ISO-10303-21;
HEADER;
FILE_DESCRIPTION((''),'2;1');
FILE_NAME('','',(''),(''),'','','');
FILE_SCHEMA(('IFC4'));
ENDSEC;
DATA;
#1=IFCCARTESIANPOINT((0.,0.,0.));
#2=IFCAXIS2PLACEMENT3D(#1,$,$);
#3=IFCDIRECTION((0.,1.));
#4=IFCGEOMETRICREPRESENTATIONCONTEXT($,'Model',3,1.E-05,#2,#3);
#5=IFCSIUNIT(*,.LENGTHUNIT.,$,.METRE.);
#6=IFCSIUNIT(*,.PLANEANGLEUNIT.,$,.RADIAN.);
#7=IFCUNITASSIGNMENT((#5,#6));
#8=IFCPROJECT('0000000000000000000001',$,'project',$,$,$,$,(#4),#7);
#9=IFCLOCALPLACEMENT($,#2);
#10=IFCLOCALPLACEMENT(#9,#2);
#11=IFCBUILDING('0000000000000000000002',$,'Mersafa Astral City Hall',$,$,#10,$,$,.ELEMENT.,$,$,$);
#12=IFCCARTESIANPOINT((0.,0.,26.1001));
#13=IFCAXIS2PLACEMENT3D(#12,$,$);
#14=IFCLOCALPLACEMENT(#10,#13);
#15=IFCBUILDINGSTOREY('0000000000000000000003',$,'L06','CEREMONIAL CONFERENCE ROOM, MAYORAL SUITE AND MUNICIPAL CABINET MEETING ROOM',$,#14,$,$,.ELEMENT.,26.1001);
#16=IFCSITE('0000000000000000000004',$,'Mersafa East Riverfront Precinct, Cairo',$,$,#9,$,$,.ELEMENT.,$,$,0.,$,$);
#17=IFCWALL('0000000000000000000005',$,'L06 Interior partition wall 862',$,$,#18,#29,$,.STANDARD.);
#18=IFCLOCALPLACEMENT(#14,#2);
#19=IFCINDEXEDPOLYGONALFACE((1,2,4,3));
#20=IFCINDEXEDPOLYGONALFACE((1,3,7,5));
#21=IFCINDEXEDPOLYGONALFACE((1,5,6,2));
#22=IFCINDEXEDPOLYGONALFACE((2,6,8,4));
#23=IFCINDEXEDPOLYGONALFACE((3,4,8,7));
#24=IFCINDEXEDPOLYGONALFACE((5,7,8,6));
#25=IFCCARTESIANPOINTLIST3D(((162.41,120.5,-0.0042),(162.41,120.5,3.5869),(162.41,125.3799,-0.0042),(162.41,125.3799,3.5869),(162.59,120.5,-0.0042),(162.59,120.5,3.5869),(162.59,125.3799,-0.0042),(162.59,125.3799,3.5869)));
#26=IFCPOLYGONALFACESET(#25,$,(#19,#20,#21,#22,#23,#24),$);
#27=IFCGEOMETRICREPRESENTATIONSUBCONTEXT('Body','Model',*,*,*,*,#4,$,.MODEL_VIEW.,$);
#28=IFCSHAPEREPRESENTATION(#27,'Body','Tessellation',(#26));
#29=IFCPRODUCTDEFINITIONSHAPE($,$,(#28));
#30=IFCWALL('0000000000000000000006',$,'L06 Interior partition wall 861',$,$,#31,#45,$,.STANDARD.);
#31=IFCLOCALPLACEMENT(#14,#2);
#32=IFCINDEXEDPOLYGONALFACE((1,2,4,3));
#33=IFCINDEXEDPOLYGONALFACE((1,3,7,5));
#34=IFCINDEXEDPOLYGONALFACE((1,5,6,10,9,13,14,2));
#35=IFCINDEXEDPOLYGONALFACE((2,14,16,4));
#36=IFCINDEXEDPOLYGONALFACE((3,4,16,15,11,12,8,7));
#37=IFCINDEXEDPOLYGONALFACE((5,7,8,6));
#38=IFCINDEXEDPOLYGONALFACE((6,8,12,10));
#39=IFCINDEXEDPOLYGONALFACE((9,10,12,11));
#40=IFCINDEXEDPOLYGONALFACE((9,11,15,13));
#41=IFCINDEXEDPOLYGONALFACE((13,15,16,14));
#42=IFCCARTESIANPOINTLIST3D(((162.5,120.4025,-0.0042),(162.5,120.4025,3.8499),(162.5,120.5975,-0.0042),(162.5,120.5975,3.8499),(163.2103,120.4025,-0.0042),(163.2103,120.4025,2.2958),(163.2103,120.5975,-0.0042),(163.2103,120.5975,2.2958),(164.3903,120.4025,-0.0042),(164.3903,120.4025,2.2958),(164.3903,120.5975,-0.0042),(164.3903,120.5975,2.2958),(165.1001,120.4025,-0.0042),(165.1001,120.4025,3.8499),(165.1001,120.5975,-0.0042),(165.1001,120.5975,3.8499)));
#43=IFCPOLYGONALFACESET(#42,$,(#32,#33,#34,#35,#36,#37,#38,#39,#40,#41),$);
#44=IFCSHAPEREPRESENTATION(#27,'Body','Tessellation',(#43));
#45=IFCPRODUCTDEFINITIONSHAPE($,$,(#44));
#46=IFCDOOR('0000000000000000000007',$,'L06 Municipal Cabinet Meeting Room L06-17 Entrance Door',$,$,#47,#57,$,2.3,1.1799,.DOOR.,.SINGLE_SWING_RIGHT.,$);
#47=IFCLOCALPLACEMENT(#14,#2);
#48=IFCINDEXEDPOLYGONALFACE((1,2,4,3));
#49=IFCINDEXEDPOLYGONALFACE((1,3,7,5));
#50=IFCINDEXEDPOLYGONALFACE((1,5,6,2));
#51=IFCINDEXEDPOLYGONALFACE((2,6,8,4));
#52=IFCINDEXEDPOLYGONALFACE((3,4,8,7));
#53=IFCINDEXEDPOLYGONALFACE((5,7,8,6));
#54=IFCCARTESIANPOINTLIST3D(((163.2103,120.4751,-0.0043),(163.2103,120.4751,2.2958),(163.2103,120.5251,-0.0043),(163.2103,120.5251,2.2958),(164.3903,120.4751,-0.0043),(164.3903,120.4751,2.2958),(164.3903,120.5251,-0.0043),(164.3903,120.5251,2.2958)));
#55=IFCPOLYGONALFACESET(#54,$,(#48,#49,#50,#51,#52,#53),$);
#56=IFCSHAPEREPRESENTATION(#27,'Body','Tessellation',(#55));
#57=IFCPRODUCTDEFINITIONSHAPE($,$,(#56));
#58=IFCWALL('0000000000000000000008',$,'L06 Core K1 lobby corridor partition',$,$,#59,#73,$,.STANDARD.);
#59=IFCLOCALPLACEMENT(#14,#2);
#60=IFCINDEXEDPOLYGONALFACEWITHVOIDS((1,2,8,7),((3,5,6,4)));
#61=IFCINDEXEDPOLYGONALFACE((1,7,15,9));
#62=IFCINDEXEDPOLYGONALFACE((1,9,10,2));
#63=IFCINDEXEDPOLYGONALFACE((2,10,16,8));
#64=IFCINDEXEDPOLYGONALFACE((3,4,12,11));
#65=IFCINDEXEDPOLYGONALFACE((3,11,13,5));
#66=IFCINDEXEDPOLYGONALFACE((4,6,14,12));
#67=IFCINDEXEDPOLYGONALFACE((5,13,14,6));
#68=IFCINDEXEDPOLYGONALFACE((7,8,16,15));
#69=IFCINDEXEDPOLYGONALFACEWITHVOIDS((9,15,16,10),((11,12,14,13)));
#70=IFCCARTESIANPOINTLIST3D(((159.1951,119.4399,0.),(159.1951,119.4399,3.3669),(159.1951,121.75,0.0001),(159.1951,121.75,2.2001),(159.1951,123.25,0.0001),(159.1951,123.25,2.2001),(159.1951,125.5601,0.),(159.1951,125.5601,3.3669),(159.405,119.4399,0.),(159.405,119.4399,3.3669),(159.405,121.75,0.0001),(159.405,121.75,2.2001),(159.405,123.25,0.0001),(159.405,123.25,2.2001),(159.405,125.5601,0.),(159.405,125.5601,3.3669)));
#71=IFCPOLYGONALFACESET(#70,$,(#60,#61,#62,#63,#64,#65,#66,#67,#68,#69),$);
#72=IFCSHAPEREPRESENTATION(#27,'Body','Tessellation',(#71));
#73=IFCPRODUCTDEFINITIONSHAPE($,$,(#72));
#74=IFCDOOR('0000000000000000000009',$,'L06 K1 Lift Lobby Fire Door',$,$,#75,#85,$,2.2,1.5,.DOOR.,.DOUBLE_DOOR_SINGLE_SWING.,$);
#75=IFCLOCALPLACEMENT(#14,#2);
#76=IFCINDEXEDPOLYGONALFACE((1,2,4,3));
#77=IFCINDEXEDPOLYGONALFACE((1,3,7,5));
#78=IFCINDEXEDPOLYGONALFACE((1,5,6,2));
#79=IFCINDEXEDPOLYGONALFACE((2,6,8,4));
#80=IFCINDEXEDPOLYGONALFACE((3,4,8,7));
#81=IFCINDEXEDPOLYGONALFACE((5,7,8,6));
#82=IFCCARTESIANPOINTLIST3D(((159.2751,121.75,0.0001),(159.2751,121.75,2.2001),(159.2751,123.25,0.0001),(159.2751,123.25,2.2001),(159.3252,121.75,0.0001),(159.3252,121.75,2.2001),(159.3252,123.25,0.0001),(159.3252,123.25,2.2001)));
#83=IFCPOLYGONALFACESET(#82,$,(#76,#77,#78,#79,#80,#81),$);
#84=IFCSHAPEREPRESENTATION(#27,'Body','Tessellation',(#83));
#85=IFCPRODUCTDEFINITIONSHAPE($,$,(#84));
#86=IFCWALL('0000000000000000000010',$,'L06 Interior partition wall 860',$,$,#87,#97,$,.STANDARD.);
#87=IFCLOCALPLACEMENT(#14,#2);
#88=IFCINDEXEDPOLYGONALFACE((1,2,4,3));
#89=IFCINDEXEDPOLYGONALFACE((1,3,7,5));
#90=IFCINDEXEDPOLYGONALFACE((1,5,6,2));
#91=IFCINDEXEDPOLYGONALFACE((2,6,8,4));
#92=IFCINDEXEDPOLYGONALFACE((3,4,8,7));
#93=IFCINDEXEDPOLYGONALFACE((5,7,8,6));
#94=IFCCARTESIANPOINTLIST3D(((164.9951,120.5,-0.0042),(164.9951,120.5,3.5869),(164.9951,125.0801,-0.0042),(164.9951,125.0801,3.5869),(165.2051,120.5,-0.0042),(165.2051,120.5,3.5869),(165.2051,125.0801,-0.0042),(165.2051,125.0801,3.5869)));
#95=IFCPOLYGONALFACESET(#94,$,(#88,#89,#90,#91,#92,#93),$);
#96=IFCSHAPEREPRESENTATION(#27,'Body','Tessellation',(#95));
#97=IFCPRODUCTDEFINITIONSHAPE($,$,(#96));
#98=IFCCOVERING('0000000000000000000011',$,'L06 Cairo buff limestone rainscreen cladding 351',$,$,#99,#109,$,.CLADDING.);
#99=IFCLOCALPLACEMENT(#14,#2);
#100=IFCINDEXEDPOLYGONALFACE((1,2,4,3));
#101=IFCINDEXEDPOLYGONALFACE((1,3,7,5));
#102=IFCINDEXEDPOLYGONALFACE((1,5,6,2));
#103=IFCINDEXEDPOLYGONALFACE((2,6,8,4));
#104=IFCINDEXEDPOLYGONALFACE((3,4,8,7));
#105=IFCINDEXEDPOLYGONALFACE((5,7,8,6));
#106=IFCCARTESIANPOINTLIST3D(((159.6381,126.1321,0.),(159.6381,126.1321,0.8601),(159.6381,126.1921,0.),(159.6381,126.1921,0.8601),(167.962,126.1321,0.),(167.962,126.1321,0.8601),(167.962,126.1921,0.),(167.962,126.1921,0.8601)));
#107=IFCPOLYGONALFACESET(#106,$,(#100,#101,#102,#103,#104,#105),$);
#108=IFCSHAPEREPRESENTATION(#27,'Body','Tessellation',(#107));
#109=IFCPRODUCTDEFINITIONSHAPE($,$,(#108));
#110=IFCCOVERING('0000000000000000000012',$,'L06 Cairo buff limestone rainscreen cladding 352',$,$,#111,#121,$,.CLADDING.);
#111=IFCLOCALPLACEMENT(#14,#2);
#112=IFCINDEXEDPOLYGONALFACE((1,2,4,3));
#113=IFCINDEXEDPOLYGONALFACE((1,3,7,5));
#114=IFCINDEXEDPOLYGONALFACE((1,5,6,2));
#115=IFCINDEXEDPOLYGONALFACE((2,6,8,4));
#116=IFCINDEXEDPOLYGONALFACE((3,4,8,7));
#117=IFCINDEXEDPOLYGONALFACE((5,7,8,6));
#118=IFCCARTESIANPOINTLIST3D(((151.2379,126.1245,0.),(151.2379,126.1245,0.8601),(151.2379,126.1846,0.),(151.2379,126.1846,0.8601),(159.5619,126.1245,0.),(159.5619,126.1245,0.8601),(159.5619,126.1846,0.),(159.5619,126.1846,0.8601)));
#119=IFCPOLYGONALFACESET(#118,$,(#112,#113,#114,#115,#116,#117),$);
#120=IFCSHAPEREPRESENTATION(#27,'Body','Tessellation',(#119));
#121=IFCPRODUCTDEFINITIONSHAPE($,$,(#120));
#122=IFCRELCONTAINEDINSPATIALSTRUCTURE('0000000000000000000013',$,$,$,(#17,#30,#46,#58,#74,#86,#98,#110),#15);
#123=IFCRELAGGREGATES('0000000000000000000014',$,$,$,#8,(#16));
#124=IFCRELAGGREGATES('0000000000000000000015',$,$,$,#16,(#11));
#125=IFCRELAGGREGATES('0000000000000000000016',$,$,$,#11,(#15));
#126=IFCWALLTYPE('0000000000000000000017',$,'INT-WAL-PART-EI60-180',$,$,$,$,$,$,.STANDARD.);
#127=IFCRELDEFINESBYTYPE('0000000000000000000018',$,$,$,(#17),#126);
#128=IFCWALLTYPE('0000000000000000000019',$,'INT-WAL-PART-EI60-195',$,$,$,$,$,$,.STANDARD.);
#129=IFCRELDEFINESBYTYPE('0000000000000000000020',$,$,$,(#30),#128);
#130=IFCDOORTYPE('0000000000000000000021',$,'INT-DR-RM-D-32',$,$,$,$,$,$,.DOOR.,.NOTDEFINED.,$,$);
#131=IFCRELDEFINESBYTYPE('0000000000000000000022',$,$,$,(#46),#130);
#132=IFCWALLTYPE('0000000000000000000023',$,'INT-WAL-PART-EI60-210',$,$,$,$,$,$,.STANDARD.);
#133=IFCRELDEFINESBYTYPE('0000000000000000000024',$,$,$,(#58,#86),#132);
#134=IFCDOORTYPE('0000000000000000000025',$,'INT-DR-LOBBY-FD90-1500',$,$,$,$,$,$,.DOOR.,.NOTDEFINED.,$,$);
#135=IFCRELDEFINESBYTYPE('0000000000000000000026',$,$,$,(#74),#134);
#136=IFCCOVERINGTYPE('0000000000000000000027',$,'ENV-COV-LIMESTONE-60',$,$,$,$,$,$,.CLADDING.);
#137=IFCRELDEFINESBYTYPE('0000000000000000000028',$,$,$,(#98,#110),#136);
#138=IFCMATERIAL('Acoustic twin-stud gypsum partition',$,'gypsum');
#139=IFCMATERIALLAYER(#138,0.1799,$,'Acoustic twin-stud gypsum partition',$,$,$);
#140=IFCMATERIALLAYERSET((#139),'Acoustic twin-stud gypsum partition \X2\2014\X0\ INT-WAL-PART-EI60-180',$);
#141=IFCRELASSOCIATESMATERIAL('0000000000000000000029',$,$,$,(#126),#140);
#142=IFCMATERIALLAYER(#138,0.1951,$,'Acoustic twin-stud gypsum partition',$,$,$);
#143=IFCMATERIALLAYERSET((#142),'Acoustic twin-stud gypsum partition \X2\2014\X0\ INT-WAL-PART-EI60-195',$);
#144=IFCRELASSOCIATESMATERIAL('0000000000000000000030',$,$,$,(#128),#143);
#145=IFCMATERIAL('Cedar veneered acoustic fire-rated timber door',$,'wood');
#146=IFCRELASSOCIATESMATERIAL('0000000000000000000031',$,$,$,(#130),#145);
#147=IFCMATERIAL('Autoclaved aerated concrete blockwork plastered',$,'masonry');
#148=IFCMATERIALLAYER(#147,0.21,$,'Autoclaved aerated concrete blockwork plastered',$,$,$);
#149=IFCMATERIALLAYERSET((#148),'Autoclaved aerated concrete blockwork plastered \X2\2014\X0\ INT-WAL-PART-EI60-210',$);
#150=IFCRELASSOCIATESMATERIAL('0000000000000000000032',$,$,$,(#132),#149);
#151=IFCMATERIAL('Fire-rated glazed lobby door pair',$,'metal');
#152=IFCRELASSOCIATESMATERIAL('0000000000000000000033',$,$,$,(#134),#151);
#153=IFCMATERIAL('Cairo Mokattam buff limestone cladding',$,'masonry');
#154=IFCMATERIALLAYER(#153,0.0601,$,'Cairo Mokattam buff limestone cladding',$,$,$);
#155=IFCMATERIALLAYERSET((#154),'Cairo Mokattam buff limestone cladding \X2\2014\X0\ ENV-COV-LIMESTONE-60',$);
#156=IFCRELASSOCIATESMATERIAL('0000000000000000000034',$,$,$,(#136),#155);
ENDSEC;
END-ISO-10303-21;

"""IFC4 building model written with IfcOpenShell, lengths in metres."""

from ifc_helpers import new_model, si_unit, direction, frame, frame_2d, origin, origin_2d, place, context, subcontext, project, spatial, rectangle, extrude, material, layer, layer_set, type_object, element, fill, save


model = new_model("IFC4")

# Units and contexts
model_context = context("Model", 3, precision=1e-05, world=origin(), true_north=direction((0.0, 1.0)))
body_context = subcontext(model_context, "Body", "Model", "MODEL_VIEW")
ifc_project = project(units=[si_unit("LENGTHUNIT", "METRE"), si_unit("PLANEANGLEUNIT", "RADIAN")], contexts=[model_context])

# Site, building, storey
site_placement = place(None, origin())
site = spatial("IfcSite", under=ifc_project, at=site_placement, Name="Mersafa East Riverfront Precinct, Cairo", CompositionType="ELEMENT", RefElevation=0.0)
building_placement = place(site_placement, origin())
building = spatial("IfcBuilding", under=site, at=building_placement, Name="Mersafa Astral City Hall", CompositionType="ELEMENT")
storey_placement = place(building_placement, frame((0.0, 0.0, 26.1001)))
storey = spatial("IfcBuildingStorey", under=building, at=storey_placement, Name="L06", Description="CEREMONIAL CONFERENCE ROOM, MAYORAL SUITE AND MUNICIPAL CABINET MEETING ROOM", CompositionType="ELEMENT", Elevation=26.1001)

# Wall
ifc_material_1 = material(Name="Acoustic twin-stud gypsum partition", Category="gypsum")
ifc_layer_1 = layer(ifc_material_1, 0.1799, Name="Acoustic twin-stud gypsum partition")
ifc_layer_set_1 = layer_set([ifc_layer_1], Name="Acoustic twin-stud gypsum partition — INT-WAL-PART-EI60-180")
wall_type_1 = type_object("IfcWallType", Name="INT-WAL-PART-EI60-180", PredefinedType="STANDARD", material=ifc_layer_set_1)
wall_1_placement = place(storey_placement, frame((162.5, 120.5, -0.0042), z_axis=(0.0, 0.0, 1.0), x_axis=(0.0, 1.0, 0.0)))
element("IfcWall", 1, at=wall_1_placement, inside=storey, type_object=wall_type_1, Name="L06 Interior partition wall 862", PredefinedType="STANDARD", context=body_context, shape_type="SweptSolid", body=[
    extrude(rectangle(XDim=4.8799, YDim=0.1799, at=frame_2d((2.4399, 0.0))), origin(), (0.0, 0.0, 1.0), 3.5911),
])

# Walls, openings, doors
ifc_layer_2 = layer(ifc_material_1, 0.1951, Name="Acoustic twin-stud gypsum partition")
ifc_layer_set_2 = layer_set([ifc_layer_2], Name="Acoustic twin-stud gypsum partition — INT-WAL-PART-EI60-195")
wall_type_2 = type_object("IfcWallType", Name="INT-WAL-PART-EI60-195", PredefinedType="STANDARD", material=ifc_layer_set_2)
wall_2_placement = place(storey_placement, frame((165.1001, 120.5, -0.0042), z_axis=(0.0, 0.0, 1.0), x_axis=(-1.0, 0.0, 0.0)))
wall_2 = element("IfcWall", 2, at=wall_2_placement, inside=storey, type_object=wall_type_2, Name="L06 Interior partition wall 861", PredefinedType="STANDARD", context=body_context, shape_type="SweptSolid", body=[
    extrude(rectangle(XDim=2.6001, YDim=0.1951, at=frame_2d((1.3, 0.0))), origin(), (0.0, 0.0, 1.0), 3.854),
])
opening_1_placement = place(wall_2_placement, frame((0.71, 0.0, 0.0)))
opening_1 = element("IfcOpeningElement", 3, at=opening_1_placement, cuts=wall_2, PredefinedType="OPENING", context=body_context, shape_type="SweptSolid", body=[
    extrude(rectangle(XDim=1.1799, YDim=2.3, at=frame_2d((0.5898, 1.1499))), frame((0.0, 0.1074, 0.0), z_axis=(0.0, -1.0, 0.0), x_axis=(1.0, 0.0, 0.0)), (0.0, 0.0, 1.0), 0.2151),
])
ifc_material_2 = material(Name="Cedar veneered acoustic fire-rated timber door", Category="wood")
door_type_1 = type_object("IfcDoorType", Name="INT-DR-RM-D-32", OperationType="NOTDEFINED", PredefinedType="DOOR", material=ifc_material_2)
door_1_placement = place(opening_1_placement, origin())
door_1 = element("IfcDoor", 4, at=door_1_placement, inside=storey, type_object=door_type_1, Name="L06 Municipal Cabinet Meeting Room L06-17 Entrance Door", OperationType="SINGLE_SWING_RIGHT", OverallHeight=2.3, OverallWidth=1.1799, PredefinedType="DOOR", context=body_context, shape_type="SweptSolid", body=[
    extrude(rectangle(XDim=1.1799, YDim=2.3, at=frame_2d((0.5898, 1.1499))), frame((0.0, 0.0249, 0.0), z_axis=(0.0, -1.0, 0.0), x_axis=(1.0, 0.0, 0.0)), (0.0, 0.0, 1.0), 0.05),
])
fill(opening_1, door_1)
ifc_material_3 = material(Name="Autoclaved aerated concrete blockwork plastered", Category="masonry")
ifc_layer_3 = layer(ifc_material_3, 0.21, Name="Autoclaved aerated concrete blockwork plastered")
ifc_layer_set_3 = layer_set([ifc_layer_3], Name="Autoclaved aerated concrete blockwork plastered — INT-WAL-PART-EI60-210")
wall_type_3 = type_object("IfcWallType", Name="INT-WAL-PART-EI60-210", PredefinedType="STANDARD", material=ifc_layer_set_3)
wall_3_placement = place(storey_placement, frame((159.3, 119.4399, 0.0), z_axis=(0.0, 0.0, 1.0), x_axis=(0.0, 1.0, 0.0)))
wall_3 = element("IfcWall", 5, at=wall_3_placement, inside=storey, type_object=wall_type_3, Name="L06 Core K1 lobby corridor partition", PredefinedType="STANDARD", context=body_context, shape_type="SweptSolid", body=[
    extrude(rectangle(XDim=6.1201, YDim=0.21, at=frame_2d((3.0601, 0.0))), origin(), (0.0, 0.0, 1.0), 3.3669),
])
opening_2_placement = place(wall_3_placement, frame((2.3101, 0.0, 0.0)))
opening_2 = element("IfcOpeningElement", 6, at=opening_2_placement, cuts=wall_3, PredefinedType="OPENING", context=body_context, shape_type="SweptSolid", body=[
    extrude(rectangle(XDim=1.5, YDim=2.2, at=frame_2d((0.75, 1.1001))), frame((0.0, 0.115, 0.0), z_axis=(0.0, -1.0, 0.0), x_axis=(1.0, 0.0, 0.0)), (0.0, 0.0, 1.0), 0.23),
])
ifc_material_4 = material(Name="Fire-rated glazed lobby door pair", Category="metal")
door_type_2 = type_object("IfcDoorType", Name="INT-DR-LOBBY-FD90-1500", OperationType="NOTDEFINED", PredefinedType="DOOR", material=ifc_material_4)
door_2_placement = place(opening_2_placement, origin())
door_2 = element("IfcDoor", 7, at=door_2_placement, inside=storey, type_object=door_type_2, Name="L06 K1 Lift Lobby Fire Door", OperationType="DOUBLE_DOOR_SINGLE_SWING", OverallHeight=2.2, OverallWidth=1.5, PredefinedType="DOOR", context=body_context, shape_type="SweptSolid", body=[
    extrude(rectangle(XDim=1.5, YDim=2.2, at=frame_2d((0.75, 1.1001))), frame((0.0, 0.0249, 0.0), z_axis=(0.0, -1.0, 0.0), x_axis=(1.0, 0.0, 0.0)), (0.0, 0.0, 1.0), 0.05),
])
fill(opening_2, door_2)

# Wall
wall_4_placement = place(storey_placement, frame((165.1001, 125.0801, -0.0042), z_axis=(0.0, 0.0, 1.0), x_axis=(0.0, -1.0, 0.0)))
element("IfcWall", 8, at=wall_4_placement, inside=storey, type_object=wall_type_3, Name="L06 Interior partition wall 860", PredefinedType="STANDARD", context=body_context, shape_type="SweptSolid", body=[
    extrude(rectangle(XDim=4.5801, YDim=0.21, at=frame_2d((2.29, 0.0))), origin(), (0.0, 0.0, 1.0), 3.5911),
])

# Coverings
ifc_material_5 = material(Name="Cairo Mokattam buff limestone cladding", Category="masonry")
ifc_layer_4 = layer(ifc_material_5, 0.0601, Name="Cairo Mokattam buff limestone cladding")
ifc_layer_set_4 = layer_set([ifc_layer_4], Name="Cairo Mokattam buff limestone cladding — ENV-COV-LIMESTONE-60")
covering_type = type_object("IfcCoveringType", Name="ENV-COV-LIMESTONE-60", PredefinedType="CLADDING", material=ifc_layer_set_4)
for number, where, z_axis, x_axis, name in (
    (9, (163.8, 126.1621, 0.0), (0.0, 0.0, 1.0), (-1.0, 0.0, 0.0), "L06 Cairo buff limestone rainscreen cladding 351"),
    (10, (155.3999, 126.1545, 0.0), (0.0, 0.0, 1.0), (-1.0, 0.0, 0.0), "L06 Cairo buff limestone rainscreen cladding 352"),
):
    element("IfcCovering", number, at=place(storey_placement, frame(where, z_axis=z_axis, x_axis=x_axis)), inside=storey, type_object=covering_type, Name=name, PredefinedType="CLADDING", context=body_context, shape_type="SweptSolid", body=[
        extrude(rectangle(XDim=8.324, YDim=0.0601, at=origin_2d()), origin(), (0.0, 0.0, 1.0), 0.8601),
    ])

save(model, "model.ifc")
